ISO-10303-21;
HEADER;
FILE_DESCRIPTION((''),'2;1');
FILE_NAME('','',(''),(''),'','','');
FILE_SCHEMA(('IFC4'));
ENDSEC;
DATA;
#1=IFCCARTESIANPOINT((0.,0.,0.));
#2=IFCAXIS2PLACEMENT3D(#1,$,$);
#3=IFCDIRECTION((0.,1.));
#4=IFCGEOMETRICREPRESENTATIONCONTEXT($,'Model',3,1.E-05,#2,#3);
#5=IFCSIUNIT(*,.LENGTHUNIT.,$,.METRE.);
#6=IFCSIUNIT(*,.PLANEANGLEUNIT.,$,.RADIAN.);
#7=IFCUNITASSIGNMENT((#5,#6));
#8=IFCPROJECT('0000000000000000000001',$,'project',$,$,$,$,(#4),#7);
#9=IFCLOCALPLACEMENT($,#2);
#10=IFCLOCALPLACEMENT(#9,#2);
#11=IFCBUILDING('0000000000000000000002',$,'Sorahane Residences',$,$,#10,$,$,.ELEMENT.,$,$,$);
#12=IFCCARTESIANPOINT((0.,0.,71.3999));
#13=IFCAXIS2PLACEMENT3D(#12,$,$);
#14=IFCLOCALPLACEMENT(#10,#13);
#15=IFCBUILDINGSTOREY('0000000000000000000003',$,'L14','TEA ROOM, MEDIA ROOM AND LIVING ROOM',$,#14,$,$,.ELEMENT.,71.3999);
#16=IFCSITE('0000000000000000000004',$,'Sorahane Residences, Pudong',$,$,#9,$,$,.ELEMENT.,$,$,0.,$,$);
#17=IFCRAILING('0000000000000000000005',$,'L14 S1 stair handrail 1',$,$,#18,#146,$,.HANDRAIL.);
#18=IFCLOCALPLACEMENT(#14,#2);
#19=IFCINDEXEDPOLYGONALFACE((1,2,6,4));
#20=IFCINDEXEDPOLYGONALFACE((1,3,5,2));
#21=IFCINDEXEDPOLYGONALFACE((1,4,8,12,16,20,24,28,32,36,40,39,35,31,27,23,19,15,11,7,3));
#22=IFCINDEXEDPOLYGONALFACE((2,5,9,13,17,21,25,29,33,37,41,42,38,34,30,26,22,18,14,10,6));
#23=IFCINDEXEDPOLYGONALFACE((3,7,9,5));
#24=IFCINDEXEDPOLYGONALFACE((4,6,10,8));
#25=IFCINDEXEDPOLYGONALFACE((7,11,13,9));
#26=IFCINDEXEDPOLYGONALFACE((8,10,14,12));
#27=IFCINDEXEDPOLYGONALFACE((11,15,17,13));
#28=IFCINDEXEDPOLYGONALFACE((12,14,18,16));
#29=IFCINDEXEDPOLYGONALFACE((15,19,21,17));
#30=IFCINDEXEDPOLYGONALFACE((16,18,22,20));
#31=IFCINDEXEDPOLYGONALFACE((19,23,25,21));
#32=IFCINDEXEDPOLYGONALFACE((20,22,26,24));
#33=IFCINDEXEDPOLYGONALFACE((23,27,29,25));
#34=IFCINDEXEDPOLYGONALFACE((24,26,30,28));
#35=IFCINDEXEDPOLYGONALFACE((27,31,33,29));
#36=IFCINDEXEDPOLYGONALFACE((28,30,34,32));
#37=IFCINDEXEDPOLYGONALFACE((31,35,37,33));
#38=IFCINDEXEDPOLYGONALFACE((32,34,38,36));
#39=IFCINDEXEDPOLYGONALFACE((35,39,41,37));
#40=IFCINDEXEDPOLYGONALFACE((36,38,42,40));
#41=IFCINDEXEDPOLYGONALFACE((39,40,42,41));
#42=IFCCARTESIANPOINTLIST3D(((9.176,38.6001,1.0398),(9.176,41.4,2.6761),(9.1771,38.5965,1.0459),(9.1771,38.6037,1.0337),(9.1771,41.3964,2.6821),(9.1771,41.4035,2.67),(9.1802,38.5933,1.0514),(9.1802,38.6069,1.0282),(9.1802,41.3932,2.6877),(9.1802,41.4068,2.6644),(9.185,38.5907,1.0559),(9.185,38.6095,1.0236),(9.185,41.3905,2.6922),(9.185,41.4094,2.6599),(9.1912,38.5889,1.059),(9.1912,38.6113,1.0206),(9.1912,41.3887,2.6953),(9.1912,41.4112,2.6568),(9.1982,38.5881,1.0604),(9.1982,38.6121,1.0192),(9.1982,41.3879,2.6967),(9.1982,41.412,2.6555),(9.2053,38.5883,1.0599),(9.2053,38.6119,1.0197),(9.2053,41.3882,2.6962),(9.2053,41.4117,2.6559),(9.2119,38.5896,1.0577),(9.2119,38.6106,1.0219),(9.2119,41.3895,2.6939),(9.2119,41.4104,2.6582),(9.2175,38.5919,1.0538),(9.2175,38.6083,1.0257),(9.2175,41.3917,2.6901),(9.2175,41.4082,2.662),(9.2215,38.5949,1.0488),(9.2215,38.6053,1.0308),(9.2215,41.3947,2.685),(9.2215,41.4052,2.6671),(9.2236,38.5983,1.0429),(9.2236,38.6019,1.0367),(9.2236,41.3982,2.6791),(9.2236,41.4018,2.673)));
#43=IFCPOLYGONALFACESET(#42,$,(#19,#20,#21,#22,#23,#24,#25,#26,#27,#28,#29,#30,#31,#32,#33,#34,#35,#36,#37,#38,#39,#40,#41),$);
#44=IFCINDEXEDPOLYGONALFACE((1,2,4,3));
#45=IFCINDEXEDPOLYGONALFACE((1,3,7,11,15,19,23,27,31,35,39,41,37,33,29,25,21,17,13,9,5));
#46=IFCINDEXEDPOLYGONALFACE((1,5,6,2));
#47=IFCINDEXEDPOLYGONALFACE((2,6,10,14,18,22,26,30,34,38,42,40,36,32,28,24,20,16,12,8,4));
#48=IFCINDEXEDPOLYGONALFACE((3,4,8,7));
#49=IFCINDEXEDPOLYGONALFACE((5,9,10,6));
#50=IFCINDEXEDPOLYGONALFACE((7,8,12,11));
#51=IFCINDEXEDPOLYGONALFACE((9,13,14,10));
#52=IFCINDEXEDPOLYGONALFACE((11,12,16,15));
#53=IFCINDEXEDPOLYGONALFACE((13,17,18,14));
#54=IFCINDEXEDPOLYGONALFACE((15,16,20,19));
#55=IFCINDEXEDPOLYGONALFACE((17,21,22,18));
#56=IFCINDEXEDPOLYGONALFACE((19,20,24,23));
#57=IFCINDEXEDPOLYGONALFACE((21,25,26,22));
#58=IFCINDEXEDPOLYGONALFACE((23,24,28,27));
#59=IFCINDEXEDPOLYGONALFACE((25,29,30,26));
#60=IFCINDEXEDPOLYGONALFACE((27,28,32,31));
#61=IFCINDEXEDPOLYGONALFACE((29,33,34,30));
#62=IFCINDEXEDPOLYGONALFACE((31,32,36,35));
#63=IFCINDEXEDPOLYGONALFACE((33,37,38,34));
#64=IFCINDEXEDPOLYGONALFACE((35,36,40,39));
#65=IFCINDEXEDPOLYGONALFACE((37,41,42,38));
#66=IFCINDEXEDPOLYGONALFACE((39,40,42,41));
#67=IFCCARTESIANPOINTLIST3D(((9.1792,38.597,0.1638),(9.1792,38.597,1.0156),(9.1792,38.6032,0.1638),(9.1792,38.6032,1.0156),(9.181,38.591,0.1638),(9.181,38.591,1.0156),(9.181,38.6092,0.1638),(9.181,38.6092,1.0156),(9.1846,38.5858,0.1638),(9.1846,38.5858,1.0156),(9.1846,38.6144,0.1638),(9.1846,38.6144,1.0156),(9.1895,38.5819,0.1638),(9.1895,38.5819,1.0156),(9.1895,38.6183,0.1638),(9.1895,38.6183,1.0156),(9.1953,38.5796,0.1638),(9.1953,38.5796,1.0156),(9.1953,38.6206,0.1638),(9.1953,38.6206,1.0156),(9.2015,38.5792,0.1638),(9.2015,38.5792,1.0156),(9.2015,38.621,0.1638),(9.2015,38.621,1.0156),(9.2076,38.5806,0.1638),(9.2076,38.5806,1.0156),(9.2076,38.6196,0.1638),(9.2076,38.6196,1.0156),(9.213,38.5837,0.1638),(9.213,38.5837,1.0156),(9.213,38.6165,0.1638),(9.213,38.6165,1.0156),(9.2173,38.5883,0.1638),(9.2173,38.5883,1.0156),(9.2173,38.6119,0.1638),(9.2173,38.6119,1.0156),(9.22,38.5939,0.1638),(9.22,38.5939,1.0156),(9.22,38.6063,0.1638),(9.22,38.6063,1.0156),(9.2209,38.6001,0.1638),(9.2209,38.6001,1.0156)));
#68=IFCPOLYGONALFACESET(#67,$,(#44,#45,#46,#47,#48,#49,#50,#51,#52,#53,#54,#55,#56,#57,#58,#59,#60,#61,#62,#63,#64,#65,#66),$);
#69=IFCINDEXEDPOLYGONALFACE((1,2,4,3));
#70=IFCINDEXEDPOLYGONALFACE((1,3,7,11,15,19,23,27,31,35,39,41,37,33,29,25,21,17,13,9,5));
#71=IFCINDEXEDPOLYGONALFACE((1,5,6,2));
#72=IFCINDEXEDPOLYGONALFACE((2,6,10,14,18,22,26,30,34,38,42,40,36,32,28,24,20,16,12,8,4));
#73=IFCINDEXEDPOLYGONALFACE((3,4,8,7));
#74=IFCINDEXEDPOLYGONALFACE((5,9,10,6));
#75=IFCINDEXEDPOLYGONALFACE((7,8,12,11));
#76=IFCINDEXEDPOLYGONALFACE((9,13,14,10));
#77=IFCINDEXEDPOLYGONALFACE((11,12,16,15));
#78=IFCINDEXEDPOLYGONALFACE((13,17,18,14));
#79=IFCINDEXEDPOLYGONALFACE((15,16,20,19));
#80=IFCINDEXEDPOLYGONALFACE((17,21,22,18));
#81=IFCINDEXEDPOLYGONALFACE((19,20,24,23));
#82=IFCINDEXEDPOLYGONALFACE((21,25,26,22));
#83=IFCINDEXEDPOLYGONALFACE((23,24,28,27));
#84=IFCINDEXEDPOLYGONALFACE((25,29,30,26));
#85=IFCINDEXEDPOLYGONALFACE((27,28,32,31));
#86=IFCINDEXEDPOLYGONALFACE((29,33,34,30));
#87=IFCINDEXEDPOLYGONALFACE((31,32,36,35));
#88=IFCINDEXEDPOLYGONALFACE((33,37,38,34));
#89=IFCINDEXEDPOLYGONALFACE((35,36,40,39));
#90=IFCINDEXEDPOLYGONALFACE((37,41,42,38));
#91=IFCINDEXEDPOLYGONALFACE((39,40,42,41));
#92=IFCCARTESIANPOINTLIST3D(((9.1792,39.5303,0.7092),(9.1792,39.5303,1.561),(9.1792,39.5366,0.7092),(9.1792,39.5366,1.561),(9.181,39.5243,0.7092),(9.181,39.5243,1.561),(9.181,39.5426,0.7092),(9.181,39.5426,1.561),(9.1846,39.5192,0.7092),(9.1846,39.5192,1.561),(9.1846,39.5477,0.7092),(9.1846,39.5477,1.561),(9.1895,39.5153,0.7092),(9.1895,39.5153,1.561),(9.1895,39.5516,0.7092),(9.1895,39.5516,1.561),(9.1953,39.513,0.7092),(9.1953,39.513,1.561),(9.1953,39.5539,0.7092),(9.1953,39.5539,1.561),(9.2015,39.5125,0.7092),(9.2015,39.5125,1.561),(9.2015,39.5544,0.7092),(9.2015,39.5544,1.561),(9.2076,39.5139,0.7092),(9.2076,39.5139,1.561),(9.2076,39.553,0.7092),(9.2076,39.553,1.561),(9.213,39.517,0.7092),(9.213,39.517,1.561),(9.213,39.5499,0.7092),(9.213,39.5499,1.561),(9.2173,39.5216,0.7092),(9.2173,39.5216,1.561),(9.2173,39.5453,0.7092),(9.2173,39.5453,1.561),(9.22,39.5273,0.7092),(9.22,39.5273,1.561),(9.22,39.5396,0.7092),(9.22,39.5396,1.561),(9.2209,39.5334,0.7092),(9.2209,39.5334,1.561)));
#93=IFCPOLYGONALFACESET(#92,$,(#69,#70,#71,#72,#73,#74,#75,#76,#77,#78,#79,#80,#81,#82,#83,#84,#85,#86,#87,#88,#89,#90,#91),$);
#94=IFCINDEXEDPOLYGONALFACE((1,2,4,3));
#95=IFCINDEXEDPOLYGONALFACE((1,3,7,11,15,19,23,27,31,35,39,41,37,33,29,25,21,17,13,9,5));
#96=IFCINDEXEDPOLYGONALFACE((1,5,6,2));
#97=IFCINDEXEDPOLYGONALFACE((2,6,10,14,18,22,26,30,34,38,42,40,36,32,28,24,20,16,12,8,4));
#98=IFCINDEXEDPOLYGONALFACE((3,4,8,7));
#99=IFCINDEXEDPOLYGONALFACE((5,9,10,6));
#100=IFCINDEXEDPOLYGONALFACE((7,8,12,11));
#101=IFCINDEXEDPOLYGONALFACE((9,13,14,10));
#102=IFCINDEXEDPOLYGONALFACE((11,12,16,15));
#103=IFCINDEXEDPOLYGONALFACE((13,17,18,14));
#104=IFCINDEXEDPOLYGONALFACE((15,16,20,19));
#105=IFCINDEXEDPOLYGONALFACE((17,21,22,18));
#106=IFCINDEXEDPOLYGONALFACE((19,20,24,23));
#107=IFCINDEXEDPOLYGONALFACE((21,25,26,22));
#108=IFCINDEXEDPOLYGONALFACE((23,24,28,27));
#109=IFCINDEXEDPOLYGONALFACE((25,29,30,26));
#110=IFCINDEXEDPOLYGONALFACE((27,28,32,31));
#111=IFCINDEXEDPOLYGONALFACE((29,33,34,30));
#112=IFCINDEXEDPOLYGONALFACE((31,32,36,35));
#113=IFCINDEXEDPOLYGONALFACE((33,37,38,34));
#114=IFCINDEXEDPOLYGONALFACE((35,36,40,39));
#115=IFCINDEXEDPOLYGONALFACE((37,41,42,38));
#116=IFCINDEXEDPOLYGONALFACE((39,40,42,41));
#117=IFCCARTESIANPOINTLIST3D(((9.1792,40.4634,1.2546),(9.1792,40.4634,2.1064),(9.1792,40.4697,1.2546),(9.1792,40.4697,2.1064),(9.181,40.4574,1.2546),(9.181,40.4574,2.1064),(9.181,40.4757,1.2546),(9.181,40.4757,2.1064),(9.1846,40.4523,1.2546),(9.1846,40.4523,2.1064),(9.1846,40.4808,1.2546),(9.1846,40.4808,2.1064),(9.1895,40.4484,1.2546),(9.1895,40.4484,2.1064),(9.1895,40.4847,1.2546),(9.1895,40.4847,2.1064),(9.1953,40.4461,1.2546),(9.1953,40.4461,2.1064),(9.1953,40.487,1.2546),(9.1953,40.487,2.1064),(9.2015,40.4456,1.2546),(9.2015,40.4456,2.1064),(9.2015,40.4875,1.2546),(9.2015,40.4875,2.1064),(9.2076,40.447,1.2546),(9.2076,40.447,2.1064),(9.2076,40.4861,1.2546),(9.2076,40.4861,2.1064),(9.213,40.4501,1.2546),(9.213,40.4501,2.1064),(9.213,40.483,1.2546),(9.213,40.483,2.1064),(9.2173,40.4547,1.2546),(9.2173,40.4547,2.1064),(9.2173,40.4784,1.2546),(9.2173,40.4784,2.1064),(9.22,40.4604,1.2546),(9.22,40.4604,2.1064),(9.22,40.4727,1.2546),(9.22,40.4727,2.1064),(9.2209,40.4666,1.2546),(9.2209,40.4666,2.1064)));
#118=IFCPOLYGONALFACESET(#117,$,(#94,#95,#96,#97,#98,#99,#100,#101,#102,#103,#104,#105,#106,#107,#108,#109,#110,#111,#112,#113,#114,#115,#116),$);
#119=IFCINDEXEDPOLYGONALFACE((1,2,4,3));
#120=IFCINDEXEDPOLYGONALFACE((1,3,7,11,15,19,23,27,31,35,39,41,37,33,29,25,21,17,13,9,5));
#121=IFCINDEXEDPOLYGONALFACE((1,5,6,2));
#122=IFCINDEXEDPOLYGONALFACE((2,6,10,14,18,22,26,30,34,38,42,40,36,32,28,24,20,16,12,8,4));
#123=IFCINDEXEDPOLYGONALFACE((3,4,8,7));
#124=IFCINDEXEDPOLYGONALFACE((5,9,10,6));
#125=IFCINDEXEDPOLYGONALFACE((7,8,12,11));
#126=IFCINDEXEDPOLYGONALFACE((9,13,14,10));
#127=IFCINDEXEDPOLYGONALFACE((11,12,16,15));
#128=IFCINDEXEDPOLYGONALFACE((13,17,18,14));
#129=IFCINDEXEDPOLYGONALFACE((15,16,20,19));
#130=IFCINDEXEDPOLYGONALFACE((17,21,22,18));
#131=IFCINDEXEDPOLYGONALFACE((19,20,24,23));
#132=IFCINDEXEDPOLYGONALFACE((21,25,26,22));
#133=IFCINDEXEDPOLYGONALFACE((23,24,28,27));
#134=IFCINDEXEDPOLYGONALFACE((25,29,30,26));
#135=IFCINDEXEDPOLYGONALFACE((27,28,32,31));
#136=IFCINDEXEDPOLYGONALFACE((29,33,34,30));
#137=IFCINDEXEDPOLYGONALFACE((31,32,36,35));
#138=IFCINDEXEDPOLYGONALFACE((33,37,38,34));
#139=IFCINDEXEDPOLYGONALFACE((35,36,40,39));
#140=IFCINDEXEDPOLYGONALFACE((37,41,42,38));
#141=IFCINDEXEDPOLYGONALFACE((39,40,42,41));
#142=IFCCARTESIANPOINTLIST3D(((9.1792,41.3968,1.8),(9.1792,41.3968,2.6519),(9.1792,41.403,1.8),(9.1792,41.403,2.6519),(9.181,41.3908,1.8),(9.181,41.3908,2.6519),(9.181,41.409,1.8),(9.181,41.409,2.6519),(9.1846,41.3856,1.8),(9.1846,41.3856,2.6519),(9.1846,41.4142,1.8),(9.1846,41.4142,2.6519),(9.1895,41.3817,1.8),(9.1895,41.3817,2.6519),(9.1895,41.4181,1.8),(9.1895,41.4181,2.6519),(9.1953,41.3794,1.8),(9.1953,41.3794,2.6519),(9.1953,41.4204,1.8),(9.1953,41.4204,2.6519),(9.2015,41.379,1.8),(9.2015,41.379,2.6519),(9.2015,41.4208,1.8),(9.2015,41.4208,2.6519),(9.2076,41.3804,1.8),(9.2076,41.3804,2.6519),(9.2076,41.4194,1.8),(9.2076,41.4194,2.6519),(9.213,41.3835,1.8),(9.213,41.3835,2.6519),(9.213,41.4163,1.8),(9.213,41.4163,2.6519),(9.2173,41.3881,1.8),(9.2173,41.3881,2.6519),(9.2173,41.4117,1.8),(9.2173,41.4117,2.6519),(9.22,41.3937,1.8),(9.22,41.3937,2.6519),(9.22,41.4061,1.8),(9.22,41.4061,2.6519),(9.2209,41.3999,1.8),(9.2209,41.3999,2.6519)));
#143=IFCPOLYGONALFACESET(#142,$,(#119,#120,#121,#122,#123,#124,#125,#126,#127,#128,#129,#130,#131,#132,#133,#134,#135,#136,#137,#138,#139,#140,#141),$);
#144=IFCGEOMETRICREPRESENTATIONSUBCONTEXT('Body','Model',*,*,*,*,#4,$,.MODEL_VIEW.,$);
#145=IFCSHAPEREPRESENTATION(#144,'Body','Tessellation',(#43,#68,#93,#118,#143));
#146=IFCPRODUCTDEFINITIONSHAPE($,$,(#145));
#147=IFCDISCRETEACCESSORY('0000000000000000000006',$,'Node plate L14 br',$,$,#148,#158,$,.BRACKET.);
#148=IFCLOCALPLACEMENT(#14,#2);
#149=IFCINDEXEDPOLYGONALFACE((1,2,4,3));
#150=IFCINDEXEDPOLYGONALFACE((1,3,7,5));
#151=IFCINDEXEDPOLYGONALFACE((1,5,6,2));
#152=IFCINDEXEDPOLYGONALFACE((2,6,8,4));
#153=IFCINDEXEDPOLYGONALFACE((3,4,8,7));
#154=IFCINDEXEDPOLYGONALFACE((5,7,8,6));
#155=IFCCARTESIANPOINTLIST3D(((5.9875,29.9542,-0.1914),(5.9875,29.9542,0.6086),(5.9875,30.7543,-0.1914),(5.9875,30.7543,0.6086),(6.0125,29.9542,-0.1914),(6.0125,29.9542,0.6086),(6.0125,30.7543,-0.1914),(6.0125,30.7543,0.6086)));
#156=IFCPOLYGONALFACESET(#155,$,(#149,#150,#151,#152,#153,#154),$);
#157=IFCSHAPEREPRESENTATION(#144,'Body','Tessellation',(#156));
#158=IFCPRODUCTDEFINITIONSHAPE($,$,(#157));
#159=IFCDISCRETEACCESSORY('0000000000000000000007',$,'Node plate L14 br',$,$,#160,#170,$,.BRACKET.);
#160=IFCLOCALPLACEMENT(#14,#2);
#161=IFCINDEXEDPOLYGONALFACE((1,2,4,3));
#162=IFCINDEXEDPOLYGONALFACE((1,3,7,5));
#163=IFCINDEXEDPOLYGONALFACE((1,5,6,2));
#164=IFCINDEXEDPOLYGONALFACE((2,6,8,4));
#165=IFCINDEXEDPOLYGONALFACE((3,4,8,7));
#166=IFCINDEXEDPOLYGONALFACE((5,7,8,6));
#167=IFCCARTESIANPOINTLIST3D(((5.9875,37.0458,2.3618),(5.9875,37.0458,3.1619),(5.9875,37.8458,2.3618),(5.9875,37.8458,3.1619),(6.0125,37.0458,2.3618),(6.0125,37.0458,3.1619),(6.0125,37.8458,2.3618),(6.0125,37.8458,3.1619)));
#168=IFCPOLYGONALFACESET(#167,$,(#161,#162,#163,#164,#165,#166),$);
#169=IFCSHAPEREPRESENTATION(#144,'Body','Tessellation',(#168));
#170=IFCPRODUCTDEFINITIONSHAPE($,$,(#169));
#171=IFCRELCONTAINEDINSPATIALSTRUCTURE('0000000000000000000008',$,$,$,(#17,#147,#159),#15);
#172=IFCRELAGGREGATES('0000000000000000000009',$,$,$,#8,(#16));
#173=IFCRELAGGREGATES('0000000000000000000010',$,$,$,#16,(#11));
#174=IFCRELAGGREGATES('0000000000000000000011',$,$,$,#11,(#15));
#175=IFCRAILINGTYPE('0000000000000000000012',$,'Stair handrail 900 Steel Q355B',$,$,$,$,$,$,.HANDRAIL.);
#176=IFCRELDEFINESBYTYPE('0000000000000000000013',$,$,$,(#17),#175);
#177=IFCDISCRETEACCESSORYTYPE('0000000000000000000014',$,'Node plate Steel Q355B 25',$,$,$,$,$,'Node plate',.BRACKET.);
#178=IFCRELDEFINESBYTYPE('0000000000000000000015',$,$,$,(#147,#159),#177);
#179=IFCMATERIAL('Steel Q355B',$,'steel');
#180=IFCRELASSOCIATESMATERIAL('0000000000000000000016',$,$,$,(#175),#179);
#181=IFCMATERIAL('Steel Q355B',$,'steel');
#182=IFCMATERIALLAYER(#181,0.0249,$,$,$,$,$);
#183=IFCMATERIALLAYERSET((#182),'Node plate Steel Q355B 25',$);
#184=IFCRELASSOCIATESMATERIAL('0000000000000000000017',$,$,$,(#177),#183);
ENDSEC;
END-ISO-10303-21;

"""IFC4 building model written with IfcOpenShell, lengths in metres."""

from ifc_helpers import new_model, si_unit, direction, frame, origin, origin_2d, place, context, subcontext, project, spatial, rectangle, circle, extrude, material, layer, layer_set, type_object, element, save


model = new_model("IFC4")

# Units and contexts
model_context = context("Model", 3, precision=1e-05, world=origin(), true_north=direction((0.0, 1.0)))
body_context = subcontext(model_context, "Body", "Model", "MODEL_VIEW")
ifc_project = project(units=[si_unit("LENGTHUNIT", "METRE"), si_unit("PLANEANGLEUNIT", "RADIAN")], contexts=[model_context])

# Site, building, storey
site_placement = place(None, origin())
site = spatial("IfcSite", under=ifc_project, at=site_placement, Name="Sorahane Residences, Pudong", CompositionType="ELEMENT", RefElevation=0.0)
building_placement = place(site_placement, origin())
building = spatial("IfcBuilding", under=site, at=building_placement, Name="Sorahane Residences", CompositionType="ELEMENT")
storey_placement = place(building_placement, frame((0.0, 0.0, 71.3999)))
storey = spatial("IfcBuildingStorey", under=building, at=storey_placement, Name="L14", Description="TEA ROOM, MEDIA ROOM AND LIVING ROOM", CompositionType="ELEMENT", Elevation=71.3999)

# Railing
ifc_material_1 = material(Name="Steel Q355B", Category="steel")
railing_type_1 = type_object("IfcRailingType", Name="Stair handrail 900 Steel Q355B", PredefinedType="HANDRAIL", material=ifc_material_1)
railing_1_placement = place(storey_placement, frame((9.2, 38.6001, 0.1638)))
element("IfcRailing", 1, at=railing_1_placement, inside=storey, type_object=railing_type_1, Name="L14 S1 stair handrail 1", PredefinedType="HANDRAIL", context=body_context, shape_type="SweptSolid", body=[
    extrude(circle(Radius=0.0239, at=origin_2d()), frame((0.0, 0.0, 0.876), z_axis=(0.0, 0.863374, 0.504564), x_axis=(-1.0, 0.0, 0.0)), (0.0, 0.0, 1.0), 3.2429),
    extrude(circle(Radius=0.021, at=origin_2d()), origin(), (0.0, 0.0, 1.0), 0.8518),
    extrude(circle(Radius=0.021, at=origin_2d()), frame((0.0, 0.9333, 0.5454)), (0.0, 0.0, 1.0), 0.8518),
    extrude(circle(Radius=0.021, at=origin_2d()), frame((0.0, 1.8665, 1.0908)), (0.0, 0.0, 1.0), 0.8518),
    extrude(circle(Radius=0.021, at=origin_2d()), frame((0.0, 2.7998, 1.6362)), (0.0, 0.0, 1.0), 0.8518),
])

# Discrete accessories
ifc_material_2 = material(Name="Steel Q355B", Category="steel")
ifc_layer_1 = layer(ifc_material_2, 0.0249)
ifc_layer_set_1 = layer_set([ifc_layer_1], Name="Node plate Steel Q355B 25")
discrete_accessory_type = type_object("IfcDiscreteAccessoryType", Name="Node plate Steel Q355B 25", ElementType="Node plate", PredefinedType="BRACKET", material=ifc_layer_set_1)
for number, where, z_axis, x_axis, name in (
    (2, (6.0, 30.3542, -0.1914), (0.0, 0.0, 1.0), (0.0, 1.0, 0.0), "Node plate L14 br"),
    (3, (6.0, 37.4458, 2.3618), (0.0, 0.0, 1.0), (0.0, 1.0, 0.0), "Node plate L14 br"),
):
    element("IfcDiscreteAccessory", number, at=place(storey_placement, frame(where, z_axis=z_axis, x_axis=x_axis)), inside=storey, type_object=discrete_accessory_type, Name=name, PredefinedType="BRACKET", context=body_context, shape_type="SweptSolid", body=[
        extrude(rectangle(XDim=0.8, YDim=0.0249, at=origin_2d()), origin(), (0.0, 0.0, 1.0), 0.8),
    ])

save(model, "model.ifc")
